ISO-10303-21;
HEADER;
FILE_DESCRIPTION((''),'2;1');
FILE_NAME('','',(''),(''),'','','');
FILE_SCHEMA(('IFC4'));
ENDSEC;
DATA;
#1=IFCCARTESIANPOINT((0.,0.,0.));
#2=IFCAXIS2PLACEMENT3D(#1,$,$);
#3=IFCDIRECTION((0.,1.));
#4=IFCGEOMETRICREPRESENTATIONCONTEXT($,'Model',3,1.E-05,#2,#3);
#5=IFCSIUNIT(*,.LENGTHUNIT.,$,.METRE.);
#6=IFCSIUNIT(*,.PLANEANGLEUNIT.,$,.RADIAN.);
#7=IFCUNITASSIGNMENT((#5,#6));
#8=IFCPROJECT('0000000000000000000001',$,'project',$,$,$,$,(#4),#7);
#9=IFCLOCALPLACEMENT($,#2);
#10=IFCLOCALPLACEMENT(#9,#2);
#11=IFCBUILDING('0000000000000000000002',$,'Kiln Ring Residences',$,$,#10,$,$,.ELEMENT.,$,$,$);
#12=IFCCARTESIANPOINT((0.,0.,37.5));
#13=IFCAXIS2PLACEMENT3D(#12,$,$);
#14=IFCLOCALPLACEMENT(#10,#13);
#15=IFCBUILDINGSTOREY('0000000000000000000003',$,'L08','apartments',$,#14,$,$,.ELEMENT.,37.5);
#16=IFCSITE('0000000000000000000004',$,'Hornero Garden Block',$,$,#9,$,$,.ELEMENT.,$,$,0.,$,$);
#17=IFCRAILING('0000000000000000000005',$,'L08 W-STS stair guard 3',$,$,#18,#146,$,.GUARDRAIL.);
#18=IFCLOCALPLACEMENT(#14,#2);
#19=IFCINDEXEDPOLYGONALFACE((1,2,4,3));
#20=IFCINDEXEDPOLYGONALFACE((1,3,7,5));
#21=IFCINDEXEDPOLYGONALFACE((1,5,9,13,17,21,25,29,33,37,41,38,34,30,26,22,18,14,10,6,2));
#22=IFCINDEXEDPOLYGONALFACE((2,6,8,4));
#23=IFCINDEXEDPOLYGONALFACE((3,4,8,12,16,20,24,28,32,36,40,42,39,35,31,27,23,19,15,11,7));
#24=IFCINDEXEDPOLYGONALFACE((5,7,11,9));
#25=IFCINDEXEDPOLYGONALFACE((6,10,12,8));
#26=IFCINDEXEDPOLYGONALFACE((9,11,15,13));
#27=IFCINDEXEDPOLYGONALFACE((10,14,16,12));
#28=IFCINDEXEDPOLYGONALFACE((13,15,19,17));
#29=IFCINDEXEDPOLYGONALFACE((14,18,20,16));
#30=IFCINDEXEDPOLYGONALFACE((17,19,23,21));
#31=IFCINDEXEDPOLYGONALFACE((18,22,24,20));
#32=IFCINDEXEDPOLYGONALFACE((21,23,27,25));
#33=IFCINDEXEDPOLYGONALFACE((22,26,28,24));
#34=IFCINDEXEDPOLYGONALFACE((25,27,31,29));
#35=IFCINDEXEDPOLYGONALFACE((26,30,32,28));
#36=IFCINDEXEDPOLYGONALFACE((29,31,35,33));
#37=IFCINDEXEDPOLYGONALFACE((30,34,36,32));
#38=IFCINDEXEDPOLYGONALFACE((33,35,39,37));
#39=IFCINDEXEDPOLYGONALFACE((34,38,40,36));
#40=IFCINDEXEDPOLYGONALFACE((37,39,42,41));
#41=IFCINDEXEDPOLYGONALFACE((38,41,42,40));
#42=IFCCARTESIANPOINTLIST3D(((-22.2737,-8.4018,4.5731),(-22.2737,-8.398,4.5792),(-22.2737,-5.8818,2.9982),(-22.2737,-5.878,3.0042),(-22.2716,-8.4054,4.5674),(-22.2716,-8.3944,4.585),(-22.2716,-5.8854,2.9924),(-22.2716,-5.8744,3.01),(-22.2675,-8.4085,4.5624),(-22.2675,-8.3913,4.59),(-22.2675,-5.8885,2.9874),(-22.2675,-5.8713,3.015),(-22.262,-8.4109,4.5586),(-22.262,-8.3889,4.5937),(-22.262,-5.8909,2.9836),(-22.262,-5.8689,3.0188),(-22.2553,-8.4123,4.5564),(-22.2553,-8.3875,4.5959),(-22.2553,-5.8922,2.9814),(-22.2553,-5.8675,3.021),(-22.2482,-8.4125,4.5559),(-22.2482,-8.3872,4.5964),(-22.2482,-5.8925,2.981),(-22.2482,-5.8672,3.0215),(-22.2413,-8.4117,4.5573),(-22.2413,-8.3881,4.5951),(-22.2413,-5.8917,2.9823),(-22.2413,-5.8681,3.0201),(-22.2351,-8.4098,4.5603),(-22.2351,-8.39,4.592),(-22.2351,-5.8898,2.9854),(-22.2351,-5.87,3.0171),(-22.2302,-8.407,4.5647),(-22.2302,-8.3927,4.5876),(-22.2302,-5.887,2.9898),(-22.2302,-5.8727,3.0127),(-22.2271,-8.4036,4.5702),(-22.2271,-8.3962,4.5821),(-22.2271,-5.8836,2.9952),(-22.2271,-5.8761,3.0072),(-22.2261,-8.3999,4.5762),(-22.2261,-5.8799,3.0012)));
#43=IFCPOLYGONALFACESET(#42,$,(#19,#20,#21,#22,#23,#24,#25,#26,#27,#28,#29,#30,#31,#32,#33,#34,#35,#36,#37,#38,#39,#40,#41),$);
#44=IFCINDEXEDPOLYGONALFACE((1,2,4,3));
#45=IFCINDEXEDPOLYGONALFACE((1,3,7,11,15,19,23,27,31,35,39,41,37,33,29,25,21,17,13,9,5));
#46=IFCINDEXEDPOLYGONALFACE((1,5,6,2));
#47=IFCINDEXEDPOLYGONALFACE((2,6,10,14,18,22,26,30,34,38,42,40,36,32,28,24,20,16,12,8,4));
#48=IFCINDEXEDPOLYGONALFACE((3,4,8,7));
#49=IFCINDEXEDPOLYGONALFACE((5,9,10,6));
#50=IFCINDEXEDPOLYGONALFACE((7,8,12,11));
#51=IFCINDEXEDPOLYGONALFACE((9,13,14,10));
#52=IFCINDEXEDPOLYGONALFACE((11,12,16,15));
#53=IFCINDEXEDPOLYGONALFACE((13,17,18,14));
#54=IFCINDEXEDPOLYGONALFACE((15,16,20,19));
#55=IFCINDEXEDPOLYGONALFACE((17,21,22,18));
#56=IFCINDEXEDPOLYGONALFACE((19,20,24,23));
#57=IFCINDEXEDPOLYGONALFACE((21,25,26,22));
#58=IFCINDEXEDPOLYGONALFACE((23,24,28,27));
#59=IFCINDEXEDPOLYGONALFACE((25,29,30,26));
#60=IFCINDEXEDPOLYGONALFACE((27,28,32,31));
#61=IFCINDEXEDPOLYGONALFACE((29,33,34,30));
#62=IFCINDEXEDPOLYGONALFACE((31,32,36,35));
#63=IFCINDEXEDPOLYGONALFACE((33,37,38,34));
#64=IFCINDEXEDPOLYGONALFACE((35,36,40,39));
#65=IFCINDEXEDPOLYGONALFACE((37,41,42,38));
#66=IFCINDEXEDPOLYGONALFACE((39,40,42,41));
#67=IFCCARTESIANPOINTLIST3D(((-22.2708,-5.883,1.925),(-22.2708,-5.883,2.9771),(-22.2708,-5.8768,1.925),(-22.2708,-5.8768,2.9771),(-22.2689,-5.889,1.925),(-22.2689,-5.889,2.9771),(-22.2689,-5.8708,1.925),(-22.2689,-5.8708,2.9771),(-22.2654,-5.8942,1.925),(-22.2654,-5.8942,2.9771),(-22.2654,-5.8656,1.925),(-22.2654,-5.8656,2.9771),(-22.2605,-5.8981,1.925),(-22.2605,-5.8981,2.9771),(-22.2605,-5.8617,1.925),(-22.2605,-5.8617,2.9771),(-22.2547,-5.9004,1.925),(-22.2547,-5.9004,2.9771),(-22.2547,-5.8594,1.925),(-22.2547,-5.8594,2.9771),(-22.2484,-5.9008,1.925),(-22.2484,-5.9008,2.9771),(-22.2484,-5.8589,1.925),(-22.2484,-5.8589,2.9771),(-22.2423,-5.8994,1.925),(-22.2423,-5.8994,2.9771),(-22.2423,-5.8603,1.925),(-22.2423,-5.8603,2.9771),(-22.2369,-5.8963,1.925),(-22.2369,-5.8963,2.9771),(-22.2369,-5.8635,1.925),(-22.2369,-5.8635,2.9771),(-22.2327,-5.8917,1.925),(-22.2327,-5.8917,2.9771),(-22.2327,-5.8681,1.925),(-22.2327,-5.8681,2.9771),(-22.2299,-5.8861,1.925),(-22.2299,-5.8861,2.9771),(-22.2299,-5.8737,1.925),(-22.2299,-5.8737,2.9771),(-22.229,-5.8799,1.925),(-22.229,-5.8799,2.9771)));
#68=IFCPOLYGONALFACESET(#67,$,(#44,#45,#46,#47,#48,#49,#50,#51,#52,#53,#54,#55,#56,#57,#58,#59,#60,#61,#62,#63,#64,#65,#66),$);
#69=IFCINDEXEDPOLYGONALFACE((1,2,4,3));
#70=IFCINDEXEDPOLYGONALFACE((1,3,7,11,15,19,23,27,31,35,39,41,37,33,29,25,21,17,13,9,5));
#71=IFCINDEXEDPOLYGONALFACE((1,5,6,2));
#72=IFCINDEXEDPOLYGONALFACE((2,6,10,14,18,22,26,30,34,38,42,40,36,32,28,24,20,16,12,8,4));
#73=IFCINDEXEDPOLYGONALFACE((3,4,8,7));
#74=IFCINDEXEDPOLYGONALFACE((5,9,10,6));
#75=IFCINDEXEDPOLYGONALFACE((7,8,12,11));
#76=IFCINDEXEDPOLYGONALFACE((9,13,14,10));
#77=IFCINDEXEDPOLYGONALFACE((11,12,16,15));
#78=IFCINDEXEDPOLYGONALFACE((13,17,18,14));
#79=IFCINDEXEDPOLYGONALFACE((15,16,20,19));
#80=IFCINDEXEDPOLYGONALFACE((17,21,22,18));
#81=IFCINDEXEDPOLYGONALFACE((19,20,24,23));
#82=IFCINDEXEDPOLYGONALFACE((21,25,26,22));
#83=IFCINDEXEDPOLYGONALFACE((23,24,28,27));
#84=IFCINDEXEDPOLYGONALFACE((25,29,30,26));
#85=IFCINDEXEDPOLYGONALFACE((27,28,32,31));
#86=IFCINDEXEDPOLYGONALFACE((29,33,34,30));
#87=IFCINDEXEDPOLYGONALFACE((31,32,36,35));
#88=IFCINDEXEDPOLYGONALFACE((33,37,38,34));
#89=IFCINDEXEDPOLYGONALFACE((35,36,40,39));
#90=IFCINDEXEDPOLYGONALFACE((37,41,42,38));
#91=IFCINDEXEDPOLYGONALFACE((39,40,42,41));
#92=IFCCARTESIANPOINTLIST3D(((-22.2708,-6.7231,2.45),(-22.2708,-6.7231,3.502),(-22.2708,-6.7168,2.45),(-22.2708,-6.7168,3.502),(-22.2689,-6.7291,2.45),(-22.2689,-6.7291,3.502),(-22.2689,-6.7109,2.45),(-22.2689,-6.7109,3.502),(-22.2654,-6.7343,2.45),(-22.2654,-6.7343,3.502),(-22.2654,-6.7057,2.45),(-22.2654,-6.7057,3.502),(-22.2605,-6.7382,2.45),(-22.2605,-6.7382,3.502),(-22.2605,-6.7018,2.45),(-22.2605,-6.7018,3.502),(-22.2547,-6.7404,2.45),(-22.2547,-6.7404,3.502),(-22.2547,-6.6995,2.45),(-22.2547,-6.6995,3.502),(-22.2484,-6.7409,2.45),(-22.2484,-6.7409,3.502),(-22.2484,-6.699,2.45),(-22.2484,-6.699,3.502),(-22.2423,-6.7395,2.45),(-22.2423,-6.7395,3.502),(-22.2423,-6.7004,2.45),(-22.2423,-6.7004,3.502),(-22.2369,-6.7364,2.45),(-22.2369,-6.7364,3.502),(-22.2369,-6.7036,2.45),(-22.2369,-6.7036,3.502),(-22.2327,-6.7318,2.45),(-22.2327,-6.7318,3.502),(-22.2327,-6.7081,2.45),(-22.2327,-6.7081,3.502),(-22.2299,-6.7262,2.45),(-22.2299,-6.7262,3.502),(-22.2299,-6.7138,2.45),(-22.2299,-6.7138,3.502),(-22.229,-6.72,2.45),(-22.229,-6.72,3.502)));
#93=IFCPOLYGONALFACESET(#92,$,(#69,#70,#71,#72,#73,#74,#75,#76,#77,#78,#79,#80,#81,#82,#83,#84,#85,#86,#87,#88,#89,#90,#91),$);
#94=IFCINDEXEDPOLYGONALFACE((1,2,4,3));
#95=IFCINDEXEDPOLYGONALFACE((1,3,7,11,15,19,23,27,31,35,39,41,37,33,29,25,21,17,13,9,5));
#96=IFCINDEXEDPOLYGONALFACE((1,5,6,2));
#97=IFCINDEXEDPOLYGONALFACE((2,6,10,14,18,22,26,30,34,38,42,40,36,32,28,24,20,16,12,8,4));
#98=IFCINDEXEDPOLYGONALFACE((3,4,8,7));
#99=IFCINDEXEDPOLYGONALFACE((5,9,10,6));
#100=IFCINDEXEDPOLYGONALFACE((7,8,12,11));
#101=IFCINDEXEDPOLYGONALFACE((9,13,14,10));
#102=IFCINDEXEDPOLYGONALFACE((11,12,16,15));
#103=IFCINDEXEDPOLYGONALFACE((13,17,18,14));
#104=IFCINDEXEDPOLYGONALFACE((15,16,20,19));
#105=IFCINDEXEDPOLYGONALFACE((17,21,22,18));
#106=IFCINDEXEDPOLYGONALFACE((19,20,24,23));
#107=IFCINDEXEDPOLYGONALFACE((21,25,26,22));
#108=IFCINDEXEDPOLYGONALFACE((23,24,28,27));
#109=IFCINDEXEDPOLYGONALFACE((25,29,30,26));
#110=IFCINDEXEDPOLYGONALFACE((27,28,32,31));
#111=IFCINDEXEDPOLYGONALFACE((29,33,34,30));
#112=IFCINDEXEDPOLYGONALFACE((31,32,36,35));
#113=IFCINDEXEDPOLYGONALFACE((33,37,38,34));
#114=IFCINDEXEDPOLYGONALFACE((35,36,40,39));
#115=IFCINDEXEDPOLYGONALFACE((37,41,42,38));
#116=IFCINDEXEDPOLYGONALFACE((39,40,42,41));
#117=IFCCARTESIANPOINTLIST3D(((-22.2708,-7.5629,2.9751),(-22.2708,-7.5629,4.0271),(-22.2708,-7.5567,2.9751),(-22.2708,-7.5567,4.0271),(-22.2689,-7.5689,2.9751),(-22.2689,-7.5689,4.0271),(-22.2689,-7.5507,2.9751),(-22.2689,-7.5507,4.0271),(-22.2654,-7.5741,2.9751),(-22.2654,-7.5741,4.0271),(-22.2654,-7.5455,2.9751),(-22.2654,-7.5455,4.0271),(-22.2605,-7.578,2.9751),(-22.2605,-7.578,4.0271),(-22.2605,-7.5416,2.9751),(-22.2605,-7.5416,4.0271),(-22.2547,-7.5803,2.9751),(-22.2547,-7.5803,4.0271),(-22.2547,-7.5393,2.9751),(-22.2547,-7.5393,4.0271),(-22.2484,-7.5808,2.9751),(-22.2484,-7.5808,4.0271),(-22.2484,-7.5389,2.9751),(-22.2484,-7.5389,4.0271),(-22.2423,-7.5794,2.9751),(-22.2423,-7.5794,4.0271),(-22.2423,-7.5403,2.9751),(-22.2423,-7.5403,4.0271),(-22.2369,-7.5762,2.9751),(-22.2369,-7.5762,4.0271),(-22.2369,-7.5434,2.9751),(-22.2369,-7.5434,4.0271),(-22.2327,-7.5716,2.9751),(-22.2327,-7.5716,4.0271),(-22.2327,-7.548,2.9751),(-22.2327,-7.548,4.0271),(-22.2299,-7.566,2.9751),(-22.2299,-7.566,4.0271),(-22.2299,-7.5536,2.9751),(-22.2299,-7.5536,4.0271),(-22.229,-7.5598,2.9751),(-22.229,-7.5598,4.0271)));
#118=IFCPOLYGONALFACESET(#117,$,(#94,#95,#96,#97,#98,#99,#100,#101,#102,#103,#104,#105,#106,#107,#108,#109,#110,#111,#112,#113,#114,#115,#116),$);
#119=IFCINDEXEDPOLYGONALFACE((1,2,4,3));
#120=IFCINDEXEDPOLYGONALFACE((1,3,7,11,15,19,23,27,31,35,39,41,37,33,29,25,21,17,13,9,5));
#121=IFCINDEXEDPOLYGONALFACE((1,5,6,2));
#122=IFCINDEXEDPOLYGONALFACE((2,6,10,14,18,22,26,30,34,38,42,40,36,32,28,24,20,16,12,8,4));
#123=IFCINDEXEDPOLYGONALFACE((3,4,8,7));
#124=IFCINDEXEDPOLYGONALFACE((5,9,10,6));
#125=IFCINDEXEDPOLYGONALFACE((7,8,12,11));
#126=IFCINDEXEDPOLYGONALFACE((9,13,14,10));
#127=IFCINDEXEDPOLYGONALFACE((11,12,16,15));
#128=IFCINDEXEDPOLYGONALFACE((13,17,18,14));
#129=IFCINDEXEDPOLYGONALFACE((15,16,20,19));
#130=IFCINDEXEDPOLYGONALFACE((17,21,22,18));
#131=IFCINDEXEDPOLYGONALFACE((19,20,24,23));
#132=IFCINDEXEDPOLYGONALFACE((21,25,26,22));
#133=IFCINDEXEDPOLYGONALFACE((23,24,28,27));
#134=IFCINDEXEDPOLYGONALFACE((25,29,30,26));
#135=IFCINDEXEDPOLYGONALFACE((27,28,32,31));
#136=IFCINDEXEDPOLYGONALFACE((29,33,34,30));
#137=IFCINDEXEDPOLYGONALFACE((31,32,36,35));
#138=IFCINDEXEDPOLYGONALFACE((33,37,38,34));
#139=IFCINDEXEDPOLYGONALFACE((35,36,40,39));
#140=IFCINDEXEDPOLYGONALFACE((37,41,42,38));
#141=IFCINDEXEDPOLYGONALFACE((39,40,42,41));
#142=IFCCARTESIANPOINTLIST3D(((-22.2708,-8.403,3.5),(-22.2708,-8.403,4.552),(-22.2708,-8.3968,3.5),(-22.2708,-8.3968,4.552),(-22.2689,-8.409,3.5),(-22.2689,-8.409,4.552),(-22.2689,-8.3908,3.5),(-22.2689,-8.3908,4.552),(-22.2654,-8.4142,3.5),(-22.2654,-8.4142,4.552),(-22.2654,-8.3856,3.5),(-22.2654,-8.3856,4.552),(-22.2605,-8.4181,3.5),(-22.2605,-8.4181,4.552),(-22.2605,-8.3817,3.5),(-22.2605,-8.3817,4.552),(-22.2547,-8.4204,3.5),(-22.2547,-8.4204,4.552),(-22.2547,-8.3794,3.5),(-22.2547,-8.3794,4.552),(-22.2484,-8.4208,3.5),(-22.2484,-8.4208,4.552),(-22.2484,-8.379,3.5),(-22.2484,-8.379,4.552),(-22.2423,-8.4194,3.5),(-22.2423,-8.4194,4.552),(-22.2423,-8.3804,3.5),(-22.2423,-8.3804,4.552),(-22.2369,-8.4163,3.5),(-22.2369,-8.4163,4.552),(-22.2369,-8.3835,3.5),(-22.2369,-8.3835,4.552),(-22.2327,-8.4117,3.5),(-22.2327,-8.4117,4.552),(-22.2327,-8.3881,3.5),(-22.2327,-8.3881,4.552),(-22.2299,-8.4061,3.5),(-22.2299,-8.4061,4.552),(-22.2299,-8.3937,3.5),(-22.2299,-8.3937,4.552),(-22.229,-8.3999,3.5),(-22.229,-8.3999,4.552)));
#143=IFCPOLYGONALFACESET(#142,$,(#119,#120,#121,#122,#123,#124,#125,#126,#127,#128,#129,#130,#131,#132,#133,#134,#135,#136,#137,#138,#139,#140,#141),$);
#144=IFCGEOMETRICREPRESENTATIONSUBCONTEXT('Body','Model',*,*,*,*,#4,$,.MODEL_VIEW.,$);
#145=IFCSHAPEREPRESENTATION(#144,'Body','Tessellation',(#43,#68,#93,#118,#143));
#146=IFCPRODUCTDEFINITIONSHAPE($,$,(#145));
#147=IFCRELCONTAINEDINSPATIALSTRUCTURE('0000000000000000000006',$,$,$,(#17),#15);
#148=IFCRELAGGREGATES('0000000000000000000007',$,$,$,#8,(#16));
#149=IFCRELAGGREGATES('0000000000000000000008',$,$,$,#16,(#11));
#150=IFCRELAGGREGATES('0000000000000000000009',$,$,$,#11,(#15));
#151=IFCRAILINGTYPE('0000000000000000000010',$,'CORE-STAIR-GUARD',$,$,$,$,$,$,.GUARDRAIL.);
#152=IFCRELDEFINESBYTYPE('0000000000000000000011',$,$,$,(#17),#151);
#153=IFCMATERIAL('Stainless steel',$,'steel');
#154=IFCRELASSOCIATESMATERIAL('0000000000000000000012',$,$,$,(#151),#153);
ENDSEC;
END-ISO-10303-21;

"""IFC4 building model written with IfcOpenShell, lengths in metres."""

from ifc_helpers import new_model, si_unit, direction, frame, origin, origin_2d, place, context, subcontext, project, spatial, circle, extrude, material, type_object, element, save


model = new_model("IFC4")

# Units and contexts
model_context = context("Model", 3, precision=1e-05, world=origin(), true_north=direction((0.0, 1.0)))
body_context = subcontext(model_context, "Body", "Model", "MODEL_VIEW")
ifc_project = project(units=[si_unit("LENGTHUNIT", "METRE"), si_unit("PLANEANGLEUNIT", "RADIAN")], contexts=[model_context])

# Site, building, storey
site_placement = place(None, origin())
site = spatial("IfcSite", under=ifc_project, at=site_placement, Name="Hornero Garden Block", CompositionType="ELEMENT", RefElevation=0.0)
building_placement = place(site_placement, origin())
building = spatial("IfcBuilding", under=site, at=building_placement, Name="Kiln Ring Residences", CompositionType="ELEMENT")
storey_placement = place(building_placement, frame((0.0, 0.0, 37.5)))
storey = spatial("IfcBuildingStorey", under=building, at=storey_placement, Name="L08", Description="apartments", CompositionType="ELEMENT", Elevation=37.5)

# Railing
ifc_material_1 = material(Name="Stainless steel", Category="steel")
railing_type_1 = type_object("IfcRailingType", Name="CORE-STAIR-GUARD", PredefinedType="GUARDRAIL", material=ifc_material_1)
railing_1_placement = place(storey_placement, frame((-22.25, -5.8799, 1.925)))
element("IfcRailing", 1, at=railing_1_placement, inside=storey, type_object=railing_type_1, Name="L08 W-STS stair guard 3", PredefinedType="GUARDRAIL", context=body_context, shape_type="SweptSolid", body=[
    extrude(circle(Radius=0.0239, at=origin_2d()), frame((0.0, 0.0, 1.0762), z_axis=(0.0, -0.848008, 0.529984), x_axis=(1.0, 0.0, 0.0)), (0.0, 0.0, 1.0), 2.9717),
    extrude(circle(Radius=0.021, at=origin_2d()), origin(), (0.0, 0.0, 1.0), 1.052),
    extrude(circle(Radius=0.021, at=origin_2d()), frame((0.0, -0.8401, 0.5249)), (0.0, 0.0, 1.0), 1.052),
    extrude(circle(Radius=0.021, at=origin_2d()), frame((0.0, -1.6799, 1.05)), (0.0, 0.0, 1.0), 1.052),
    extrude(circle(Radius=0.021, at=origin_2d()), frame((0.0, -2.52, 1.575)), (0.0, 0.0, 1.0), 1.052),
])

save(model, "model.ifc")
